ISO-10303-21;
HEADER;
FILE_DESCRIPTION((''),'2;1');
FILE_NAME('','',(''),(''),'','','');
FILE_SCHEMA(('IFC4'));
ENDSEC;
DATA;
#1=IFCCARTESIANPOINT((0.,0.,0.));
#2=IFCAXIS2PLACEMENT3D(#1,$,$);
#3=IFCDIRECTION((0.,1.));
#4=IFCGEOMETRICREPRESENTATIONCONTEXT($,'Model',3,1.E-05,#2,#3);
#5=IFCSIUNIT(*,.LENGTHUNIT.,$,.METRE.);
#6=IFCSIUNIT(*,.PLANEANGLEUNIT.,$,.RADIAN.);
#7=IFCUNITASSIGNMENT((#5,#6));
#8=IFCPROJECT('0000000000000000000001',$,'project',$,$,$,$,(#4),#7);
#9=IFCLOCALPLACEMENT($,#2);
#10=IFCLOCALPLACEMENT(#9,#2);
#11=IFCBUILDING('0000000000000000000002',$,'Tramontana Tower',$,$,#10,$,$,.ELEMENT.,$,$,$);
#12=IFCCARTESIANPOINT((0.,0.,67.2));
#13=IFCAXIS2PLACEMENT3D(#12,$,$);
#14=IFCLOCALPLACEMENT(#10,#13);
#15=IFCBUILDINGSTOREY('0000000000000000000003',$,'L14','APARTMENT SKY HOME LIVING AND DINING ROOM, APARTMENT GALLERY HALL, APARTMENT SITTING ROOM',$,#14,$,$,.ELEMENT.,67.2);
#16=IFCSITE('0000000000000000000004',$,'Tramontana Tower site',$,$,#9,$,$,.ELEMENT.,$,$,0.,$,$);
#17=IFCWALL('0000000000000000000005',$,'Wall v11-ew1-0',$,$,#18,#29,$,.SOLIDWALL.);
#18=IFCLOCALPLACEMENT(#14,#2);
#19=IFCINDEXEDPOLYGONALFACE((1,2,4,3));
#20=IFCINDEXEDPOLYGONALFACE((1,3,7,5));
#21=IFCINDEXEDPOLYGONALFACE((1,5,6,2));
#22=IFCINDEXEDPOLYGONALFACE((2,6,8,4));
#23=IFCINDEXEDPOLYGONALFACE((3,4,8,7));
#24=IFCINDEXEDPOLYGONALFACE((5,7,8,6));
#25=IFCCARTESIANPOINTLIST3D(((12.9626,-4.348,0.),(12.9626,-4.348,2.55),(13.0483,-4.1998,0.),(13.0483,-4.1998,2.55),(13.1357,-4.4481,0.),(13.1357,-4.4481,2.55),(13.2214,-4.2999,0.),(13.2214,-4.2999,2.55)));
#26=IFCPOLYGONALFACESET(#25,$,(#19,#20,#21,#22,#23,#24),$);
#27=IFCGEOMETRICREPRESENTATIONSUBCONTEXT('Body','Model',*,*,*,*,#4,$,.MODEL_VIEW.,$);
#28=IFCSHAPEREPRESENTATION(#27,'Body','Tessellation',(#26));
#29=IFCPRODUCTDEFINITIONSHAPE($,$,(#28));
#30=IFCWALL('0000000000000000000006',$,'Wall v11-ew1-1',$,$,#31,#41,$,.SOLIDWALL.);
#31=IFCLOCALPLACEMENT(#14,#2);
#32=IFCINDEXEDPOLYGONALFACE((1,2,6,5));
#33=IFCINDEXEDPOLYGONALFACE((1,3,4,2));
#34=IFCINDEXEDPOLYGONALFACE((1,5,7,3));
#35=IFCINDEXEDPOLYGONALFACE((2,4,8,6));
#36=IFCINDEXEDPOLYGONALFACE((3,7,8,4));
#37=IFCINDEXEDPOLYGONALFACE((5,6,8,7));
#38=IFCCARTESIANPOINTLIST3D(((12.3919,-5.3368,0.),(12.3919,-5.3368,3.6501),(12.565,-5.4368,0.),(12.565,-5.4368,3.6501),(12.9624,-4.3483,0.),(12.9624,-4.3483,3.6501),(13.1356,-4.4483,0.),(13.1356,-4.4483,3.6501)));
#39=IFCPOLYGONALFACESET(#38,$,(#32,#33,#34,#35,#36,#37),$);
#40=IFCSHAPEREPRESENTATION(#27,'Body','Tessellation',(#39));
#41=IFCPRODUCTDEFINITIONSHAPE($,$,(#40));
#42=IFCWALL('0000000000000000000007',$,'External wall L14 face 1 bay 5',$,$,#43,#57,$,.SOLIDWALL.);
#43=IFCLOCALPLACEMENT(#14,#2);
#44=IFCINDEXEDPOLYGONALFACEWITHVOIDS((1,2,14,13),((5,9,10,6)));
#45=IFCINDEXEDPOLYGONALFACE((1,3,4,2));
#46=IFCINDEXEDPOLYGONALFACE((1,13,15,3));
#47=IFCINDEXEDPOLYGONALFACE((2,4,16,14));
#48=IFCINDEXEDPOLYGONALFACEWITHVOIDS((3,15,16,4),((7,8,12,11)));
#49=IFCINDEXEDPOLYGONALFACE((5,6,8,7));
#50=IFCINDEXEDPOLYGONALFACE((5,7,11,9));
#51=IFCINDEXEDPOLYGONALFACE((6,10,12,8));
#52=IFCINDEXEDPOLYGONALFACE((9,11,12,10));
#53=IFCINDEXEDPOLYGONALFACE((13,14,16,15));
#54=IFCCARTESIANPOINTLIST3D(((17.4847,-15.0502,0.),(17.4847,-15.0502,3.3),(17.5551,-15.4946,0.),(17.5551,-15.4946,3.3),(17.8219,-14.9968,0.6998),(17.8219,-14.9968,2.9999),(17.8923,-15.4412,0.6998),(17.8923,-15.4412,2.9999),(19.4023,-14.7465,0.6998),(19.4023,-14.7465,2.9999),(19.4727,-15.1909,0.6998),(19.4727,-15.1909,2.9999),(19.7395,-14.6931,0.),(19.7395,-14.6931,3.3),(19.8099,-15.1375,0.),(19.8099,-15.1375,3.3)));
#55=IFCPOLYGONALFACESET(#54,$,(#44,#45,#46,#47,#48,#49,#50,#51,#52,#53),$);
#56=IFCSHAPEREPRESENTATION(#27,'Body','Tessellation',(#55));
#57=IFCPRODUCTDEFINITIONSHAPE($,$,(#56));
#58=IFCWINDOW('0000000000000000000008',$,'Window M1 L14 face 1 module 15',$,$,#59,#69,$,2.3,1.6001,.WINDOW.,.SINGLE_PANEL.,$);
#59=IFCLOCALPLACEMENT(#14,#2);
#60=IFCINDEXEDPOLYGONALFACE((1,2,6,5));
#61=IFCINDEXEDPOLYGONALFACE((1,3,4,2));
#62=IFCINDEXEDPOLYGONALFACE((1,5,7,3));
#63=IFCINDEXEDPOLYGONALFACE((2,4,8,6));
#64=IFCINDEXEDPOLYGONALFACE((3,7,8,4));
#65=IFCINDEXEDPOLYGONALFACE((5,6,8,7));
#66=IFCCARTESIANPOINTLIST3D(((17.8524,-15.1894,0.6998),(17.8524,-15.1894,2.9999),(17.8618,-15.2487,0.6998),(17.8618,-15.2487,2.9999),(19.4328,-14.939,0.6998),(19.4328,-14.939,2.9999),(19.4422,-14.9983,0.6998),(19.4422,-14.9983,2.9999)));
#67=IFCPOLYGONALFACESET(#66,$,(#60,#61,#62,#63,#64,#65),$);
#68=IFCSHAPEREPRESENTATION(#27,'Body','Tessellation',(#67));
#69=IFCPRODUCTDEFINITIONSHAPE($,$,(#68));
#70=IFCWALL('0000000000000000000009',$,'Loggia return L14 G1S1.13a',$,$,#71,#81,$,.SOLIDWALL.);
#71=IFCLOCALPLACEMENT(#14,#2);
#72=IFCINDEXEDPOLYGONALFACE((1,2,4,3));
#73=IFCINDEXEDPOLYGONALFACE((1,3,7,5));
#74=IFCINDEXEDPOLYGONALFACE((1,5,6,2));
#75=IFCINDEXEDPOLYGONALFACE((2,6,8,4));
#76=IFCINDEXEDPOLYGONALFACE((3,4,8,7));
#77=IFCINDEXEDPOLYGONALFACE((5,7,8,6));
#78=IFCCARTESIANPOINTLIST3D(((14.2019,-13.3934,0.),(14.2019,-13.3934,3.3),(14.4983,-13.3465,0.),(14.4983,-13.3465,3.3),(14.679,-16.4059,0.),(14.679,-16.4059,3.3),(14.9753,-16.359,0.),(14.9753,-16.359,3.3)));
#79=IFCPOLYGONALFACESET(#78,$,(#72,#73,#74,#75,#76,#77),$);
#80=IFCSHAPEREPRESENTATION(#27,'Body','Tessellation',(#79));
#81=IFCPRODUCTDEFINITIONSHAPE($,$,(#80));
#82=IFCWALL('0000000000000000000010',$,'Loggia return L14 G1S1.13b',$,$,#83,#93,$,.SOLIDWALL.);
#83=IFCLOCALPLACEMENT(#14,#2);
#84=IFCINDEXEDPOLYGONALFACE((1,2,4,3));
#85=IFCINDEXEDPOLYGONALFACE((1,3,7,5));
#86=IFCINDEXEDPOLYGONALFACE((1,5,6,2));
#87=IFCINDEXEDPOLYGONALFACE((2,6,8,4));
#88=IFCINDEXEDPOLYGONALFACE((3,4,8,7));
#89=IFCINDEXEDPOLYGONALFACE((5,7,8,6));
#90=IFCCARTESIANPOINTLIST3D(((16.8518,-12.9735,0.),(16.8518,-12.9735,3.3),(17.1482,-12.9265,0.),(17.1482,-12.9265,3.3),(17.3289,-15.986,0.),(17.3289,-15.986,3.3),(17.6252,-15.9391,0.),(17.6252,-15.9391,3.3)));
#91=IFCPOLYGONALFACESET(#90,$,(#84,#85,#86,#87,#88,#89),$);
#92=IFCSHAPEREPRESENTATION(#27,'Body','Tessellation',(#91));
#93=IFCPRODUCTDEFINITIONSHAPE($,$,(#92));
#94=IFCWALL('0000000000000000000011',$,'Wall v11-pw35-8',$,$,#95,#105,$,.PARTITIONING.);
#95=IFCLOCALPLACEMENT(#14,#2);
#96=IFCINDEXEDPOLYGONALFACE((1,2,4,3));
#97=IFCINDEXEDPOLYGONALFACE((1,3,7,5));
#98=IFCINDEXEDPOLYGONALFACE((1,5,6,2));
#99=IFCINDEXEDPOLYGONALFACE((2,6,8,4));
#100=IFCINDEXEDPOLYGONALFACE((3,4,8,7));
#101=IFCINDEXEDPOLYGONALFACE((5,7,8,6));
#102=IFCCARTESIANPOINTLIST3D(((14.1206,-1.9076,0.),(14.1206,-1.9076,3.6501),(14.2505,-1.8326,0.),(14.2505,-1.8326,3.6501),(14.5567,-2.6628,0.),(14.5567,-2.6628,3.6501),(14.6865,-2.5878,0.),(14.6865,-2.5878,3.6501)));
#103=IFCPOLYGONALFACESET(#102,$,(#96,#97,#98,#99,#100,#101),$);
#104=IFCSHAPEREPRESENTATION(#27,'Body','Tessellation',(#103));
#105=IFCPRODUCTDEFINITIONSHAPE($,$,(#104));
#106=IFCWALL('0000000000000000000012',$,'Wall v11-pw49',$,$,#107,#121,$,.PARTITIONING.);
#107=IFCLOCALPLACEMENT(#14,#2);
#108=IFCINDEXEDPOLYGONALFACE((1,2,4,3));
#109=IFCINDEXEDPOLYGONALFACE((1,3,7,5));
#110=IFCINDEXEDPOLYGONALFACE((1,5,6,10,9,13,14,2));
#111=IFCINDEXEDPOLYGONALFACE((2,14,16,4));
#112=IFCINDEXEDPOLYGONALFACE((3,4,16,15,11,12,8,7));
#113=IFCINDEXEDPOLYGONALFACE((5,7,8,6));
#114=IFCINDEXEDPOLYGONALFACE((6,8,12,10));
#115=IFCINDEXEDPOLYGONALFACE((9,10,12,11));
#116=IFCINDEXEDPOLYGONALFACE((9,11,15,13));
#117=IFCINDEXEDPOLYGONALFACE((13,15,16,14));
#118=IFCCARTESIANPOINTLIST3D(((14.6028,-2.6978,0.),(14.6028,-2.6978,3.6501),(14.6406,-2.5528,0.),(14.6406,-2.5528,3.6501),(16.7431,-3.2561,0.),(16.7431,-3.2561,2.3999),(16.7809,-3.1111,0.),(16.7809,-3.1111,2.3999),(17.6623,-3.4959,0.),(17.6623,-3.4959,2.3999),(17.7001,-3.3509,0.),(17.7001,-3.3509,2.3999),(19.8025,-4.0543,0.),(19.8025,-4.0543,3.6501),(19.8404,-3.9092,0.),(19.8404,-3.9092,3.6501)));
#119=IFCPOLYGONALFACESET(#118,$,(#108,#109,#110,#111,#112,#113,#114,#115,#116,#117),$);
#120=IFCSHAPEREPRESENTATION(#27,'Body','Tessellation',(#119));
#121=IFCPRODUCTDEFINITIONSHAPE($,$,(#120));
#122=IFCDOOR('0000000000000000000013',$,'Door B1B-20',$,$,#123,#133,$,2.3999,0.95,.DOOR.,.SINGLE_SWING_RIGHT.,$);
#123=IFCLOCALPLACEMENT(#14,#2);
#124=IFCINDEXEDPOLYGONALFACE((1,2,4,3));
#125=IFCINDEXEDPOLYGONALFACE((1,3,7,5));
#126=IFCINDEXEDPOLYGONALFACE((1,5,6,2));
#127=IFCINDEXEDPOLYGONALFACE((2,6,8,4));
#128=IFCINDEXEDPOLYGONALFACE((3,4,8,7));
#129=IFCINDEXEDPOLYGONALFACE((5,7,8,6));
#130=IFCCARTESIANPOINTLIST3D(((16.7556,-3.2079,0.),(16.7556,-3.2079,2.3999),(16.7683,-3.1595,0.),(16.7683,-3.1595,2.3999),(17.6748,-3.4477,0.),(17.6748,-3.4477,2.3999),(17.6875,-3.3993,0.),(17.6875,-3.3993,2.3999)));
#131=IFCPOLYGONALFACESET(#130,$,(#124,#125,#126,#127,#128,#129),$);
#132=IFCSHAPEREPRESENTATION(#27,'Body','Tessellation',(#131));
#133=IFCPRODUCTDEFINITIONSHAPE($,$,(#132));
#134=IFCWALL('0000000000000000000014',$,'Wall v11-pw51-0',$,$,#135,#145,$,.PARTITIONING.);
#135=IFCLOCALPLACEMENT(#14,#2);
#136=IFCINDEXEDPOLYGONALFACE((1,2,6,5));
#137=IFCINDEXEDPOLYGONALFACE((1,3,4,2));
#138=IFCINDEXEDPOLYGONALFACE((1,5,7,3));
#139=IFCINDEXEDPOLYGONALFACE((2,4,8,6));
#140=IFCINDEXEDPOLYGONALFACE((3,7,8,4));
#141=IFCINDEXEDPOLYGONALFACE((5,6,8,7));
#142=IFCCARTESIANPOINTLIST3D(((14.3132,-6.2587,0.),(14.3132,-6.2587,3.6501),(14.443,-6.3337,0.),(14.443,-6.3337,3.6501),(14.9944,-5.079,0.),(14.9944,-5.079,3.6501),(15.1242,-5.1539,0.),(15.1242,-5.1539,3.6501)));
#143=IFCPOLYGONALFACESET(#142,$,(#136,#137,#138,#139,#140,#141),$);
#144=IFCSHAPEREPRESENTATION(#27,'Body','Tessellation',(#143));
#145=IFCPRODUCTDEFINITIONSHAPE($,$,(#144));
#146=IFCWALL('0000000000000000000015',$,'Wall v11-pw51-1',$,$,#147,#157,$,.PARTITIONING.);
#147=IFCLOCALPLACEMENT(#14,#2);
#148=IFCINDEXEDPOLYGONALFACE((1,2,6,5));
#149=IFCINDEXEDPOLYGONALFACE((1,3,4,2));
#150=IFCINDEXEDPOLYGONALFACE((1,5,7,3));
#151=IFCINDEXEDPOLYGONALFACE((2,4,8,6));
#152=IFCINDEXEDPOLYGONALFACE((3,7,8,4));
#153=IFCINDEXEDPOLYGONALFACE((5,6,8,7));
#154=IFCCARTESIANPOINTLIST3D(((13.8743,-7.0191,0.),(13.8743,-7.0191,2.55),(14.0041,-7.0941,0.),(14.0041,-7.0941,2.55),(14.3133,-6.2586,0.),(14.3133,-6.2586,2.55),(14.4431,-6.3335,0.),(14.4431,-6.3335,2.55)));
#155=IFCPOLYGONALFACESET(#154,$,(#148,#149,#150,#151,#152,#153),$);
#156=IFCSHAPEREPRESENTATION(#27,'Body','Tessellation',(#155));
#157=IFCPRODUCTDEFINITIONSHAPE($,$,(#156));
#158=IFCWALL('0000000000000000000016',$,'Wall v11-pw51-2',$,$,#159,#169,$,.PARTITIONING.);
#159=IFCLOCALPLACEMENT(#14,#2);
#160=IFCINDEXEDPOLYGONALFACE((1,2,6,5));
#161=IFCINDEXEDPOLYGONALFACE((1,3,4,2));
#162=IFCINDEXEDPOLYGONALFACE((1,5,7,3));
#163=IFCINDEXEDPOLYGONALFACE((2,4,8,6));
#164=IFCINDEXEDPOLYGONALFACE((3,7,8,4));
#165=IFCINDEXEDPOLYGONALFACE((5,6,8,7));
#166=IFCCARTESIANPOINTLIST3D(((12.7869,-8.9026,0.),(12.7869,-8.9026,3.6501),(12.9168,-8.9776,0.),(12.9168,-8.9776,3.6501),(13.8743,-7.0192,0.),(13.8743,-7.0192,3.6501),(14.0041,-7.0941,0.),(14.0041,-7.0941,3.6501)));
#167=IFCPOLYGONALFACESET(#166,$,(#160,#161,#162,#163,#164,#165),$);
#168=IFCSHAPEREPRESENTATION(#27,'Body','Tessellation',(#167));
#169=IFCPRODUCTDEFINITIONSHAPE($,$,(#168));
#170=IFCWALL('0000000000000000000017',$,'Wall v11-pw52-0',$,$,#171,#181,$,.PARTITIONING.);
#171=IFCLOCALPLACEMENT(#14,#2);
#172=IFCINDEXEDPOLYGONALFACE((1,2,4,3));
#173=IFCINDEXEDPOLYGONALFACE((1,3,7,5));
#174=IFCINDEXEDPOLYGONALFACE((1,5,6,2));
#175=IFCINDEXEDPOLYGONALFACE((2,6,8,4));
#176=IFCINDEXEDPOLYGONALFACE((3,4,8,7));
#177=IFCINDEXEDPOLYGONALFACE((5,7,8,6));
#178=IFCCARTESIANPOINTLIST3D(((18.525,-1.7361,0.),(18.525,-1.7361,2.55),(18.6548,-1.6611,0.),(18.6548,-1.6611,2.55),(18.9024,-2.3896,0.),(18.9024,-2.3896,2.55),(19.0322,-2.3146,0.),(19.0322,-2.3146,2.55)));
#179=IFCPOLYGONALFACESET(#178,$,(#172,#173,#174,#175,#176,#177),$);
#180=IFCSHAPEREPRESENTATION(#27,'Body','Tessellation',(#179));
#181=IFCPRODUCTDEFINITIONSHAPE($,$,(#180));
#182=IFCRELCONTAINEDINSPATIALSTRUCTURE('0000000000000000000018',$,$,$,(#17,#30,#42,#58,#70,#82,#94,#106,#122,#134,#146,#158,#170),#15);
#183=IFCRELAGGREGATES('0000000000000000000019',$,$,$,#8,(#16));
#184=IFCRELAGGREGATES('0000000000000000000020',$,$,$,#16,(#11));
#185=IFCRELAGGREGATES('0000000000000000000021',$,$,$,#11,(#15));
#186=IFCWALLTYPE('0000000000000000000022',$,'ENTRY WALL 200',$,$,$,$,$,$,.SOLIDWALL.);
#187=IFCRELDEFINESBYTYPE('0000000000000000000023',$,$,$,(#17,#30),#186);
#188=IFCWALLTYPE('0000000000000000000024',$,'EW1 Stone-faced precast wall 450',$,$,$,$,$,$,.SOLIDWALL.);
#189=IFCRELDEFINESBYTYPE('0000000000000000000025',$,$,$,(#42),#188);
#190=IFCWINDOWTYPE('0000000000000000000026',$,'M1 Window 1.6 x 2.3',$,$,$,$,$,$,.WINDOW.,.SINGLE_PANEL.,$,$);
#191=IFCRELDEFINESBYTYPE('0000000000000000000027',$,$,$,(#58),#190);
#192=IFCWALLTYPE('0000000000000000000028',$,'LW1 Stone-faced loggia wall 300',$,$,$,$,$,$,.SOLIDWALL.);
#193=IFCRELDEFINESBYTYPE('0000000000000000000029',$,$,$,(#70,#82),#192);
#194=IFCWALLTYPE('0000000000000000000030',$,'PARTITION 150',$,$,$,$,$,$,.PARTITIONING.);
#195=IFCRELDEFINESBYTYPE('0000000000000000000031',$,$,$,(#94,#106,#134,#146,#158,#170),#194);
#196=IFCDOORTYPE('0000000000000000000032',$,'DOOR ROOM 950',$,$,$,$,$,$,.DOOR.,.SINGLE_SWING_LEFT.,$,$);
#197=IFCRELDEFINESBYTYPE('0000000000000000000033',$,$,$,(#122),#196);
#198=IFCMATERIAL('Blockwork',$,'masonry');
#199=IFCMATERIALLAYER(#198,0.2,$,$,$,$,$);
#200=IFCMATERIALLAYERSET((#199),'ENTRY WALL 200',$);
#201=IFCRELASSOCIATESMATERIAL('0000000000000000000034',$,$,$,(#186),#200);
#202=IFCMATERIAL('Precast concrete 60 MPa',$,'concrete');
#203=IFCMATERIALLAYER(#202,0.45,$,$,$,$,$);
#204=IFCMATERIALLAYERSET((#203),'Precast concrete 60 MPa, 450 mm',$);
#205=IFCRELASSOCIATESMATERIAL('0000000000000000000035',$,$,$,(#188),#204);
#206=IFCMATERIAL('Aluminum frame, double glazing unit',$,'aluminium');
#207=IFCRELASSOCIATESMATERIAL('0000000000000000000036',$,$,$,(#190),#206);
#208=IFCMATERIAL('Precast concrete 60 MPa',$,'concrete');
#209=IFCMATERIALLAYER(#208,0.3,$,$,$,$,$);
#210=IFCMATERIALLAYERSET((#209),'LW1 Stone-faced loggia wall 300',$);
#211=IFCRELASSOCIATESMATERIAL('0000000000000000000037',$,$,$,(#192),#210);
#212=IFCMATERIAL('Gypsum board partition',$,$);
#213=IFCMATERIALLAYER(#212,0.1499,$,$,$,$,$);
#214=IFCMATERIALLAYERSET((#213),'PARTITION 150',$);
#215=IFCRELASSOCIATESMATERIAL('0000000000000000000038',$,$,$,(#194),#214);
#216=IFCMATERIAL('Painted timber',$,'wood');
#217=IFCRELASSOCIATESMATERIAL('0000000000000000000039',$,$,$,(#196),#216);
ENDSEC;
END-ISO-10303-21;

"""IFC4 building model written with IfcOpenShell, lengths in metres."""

from ifc_helpers import new_model, si_unit, direction, frame, frame_2d, origin, place, context, subcontext, project, spatial, rectangle, extrude, material, layer, layer_set, type_object, element, fill, save


model = new_model("IFC4")

# Units and contexts
model_context = context("Model", 3, precision=1e-05, world=origin(), true_north=direction((0.0, 1.0)))
body_context = subcontext(model_context, "Body", "Model", "MODEL_VIEW")
ifc_project = project(units=[si_unit("LENGTHUNIT", "METRE"), si_unit("PLANEANGLEUNIT", "RADIAN")], contexts=[model_context])

# Site, building, storey
site_placement = place(None, origin())
site = spatial("IfcSite", under=ifc_project, at=site_placement, Name="Tramontana Tower site", CompositionType="ELEMENT", RefElevation=0.0)
building_placement = place(site_placement, origin())
building = spatial("IfcBuilding", under=site, at=building_placement, Name="Tramontana Tower", CompositionType="ELEMENT")
storey_placement = place(building_placement, frame((0.0, 0.0, 67.2)))
storey = spatial("IfcBuildingStorey", under=building, at=storey_placement, Name="L14", Description="APARTMENT SKY HOME LIVING AND DINING ROOM, APARTMENT GALLERY HALL, APARTMENT SITTING ROOM", CompositionType="ELEMENT", Elevation=67.2)

# Walls
ifc_material_1 = material(Name="Blockwork", Category="masonry")
ifc_layer_1 = layer(ifc_material_1, 0.2)
ifc_layer_set_1 = layer_set([ifc_layer_1], Name="ENTRY WALL 200")
wall_type_1 = type_object("IfcWallType", Name="ENTRY WALL 200", PredefinedType="SOLIDWALL", material=ifc_layer_set_1)
wall_1_placement = place(storey_placement, frame((13.1348, -4.25, 0.0), z_axis=(0.0, 0.0, 1.0), x_axis=(-0.500586, -0.865687, 0.0)))
element("IfcWall", 1, at=wall_1_placement, inside=storey, type_object=wall_type_1, Name="Wall v11-ew1-0", PredefinedType="SOLIDWALL", context=body_context, shape_type="SweptSolid", body=[
    extrude(rectangle(XDim=0.1711, YDim=0.2, at=frame_2d((0.0854, 0.0))), origin(), (0.0, 0.0, 1.0), 2.55),
])
wall_2_placement = place(storey_placement, frame((13.0491, -4.3982, 0.0), z_axis=(0.0, 0.0, 1.0), x_axis=(-0.499889, -0.866089, 0.0)))
element("IfcWall", 2, at=wall_2_placement, inside=storey, type_object=wall_type_1, Name="Wall v11-ew1-1", PredefinedType="SOLIDWALL", context=body_context, shape_type="SweptSolid", body=[
    extrude(rectangle(XDim=1.1414, YDim=0.2, at=frame_2d((0.5708, 0.0))), origin(), (0.0, 0.0, 1.0), 3.6501),
])

# Wall, opening, window
ifc_material_2 = material(Name="Precast concrete 60 MPa", Category="concrete")
ifc_layer_2 = layer(ifc_material_2, 0.45)
ifc_layer_set_2 = layer_set([ifc_layer_2], Name="Precast concrete 60 MPa, 450 mm")
wall_type_2 = type_object("IfcWallType", Name="EW1 Stone-faced precast wall 450", PredefinedType="SOLIDWALL", material=ifc_layer_set_2)
wall_3_placement = place(storey_placement, frame((17.5198, -15.2725, 0.0), z_axis=(0.0, 0.0, 1.0), x_axis=(0.987686, 0.156451, 0.0)))
wall_3 = element("IfcWall", 3, at=wall_3_placement, inside=storey, type_object=wall_type_2, Name="External wall L14 face 1 bay 5", PredefinedType="SOLIDWALL", context=body_context, shape_type="SweptSolid", body=[
    extrude(rectangle(XDim=2.283, YDim=0.45, at=frame_2d((1.1416, 0.0))), origin(), (0.0, 0.0, 1.0), 3.3),
])
opening_1_placement = place(wall_3_placement, frame((0.3416, 0.0, 0.7)))
opening_1 = element("IfcOpeningElement", 4, at=opening_1_placement, cuts=wall_3, PredefinedType="OPENING", context=body_context, shape_type="SweptSolid", body=[
    extrude(rectangle(XDim=1.6001, YDim=2.3, at=frame_2d((0.8, 1.1499))), frame((0.0, 0.2349, 0.0), z_axis=(0.0, -1.0, 0.0), x_axis=(1.0, 0.0, 0.0)), (0.0, 0.0, 1.0), 0.47),
])
ifc_material_3 = material(Name="Aluminum frame, double glazing unit", Category="aluminium")
window_type = type_object("IfcWindowType", Name="M1 Window 1.6 x 2.3", PartitioningType="SINGLE_PANEL", PredefinedType="WINDOW", material=ifc_material_3)
window_placement = place(opening_1_placement, origin())
window = element("IfcWindow", 5, at=window_placement, inside=storey, type_object=window_type, Name="Window M1 L14 face 1 module 15", OverallHeight=2.3, OverallWidth=1.6001, PartitioningType="SINGLE_PANEL", PredefinedType="WINDOW", context=body_context, shape_type="SweptSolid", body=[
    extrude(rectangle(XDim=1.6001, YDim=2.3, at=frame_2d((0.8, 1.1499))), frame((0.0, 0.03, 0.0), z_axis=(0.0, -1.0, 0.0), x_axis=(1.0, 0.0, 0.0)), (0.0, 0.0, 1.0), 0.0601),
])
fill(opening_1, window)

# Shared definitions
ifc_material_4 = material(Name="Precast concrete 60 MPa", Category="concrete")
ifc_layer_3 = layer(ifc_material_4, 0.3)
ifc_layer_set_3 = layer_set([ifc_layer_3], Name="LW1 Stone-faced loggia wall 300")
wall_type_3 = type_object("IfcWallType", Name="LW1 Stone-faced loggia wall 300", PredefinedType="SOLIDWALL", material=ifc_layer_set_3)

# Walls
for number, where, z_axis, x_axis, name in (
    (6, (14.8271, -16.3823, 0.0), (0.0, 0.0, 1.0), (-0.156411, 0.987692, 0.0), "Loggia return L14 G1S1.13a"),
    (7, (17.4771, -15.9624, 0.0), (0.0, 0.0, 1.0), (-0.156411, 0.987692, 0.0), "Loggia return L14 G1S1.13b"),
):
    element("IfcWall", number, at=place(storey_placement, frame(where, z_axis=z_axis, x_axis=x_axis)), inside=storey, type_object=wall_type_3, Name=name, PredefinedType="SOLIDWALL", context=body_context, shape_type="SweptSolid", body=[
        extrude(rectangle(XDim=3.05, YDim=0.3, at=frame_2d((1.5249, 0.0))), origin(), (0.0, 0.0, 1.0), 3.3),
    ])
ifc_material_5 = material(Name="Gypsum board partition")
ifc_layer_4 = layer(ifc_material_5, 0.1499)
ifc_layer_set_4 = layer_set([ifc_layer_4], Name="PARTITION 150")
wall_type_4 = type_object("IfcWallType", Name="PARTITION 150", PredefinedType="PARTITIONING", material=ifc_layer_set_4)
wall_4_placement = place(storey_placement, frame((14.1855, -1.8701, 0.0), z_axis=(0.0, 0.0, 1.0), x_axis=(0.500054, -0.865994, 0.0)))
element("IfcWall", 8, at=wall_4_placement, inside=storey, type_object=wall_type_4, Name="Wall v11-pw35-8", PredefinedType="PARTITIONING", context=body_context, shape_type="SweptSolid", body=[
    extrude(rectangle(XDim=0.8721, YDim=0.1499, at=frame_2d((0.436, 0.0))), origin(), (0.0, 0.0, 1.0), 3.6501),
])

# Wall, opening, door
wall_5_placement = place(storey_placement, frame((14.6216, -2.6252, 0.0), z_axis=(0.0, 0.0, 1.0), x_axis=(0.967617, -0.252422, 0.0)))
wall_5 = element("IfcWall", 9, at=wall_5_placement, inside=storey, type_object=wall_type_4, Name="Wall v11-pw49", PredefinedType="PARTITIONING", context=body_context, shape_type="SweptSolid", body=[
    extrude(rectangle(XDim=5.3738, YDim=0.1499, at=frame_2d((2.687, 0.0))), origin(), (0.0, 0.0, 1.0), 3.6501),
])
opening_2_placement = place(wall_5_placement, frame((2.2119, 0.0, 0.0)))
opening_2 = element("IfcOpeningElement", 10, at=opening_2_placement, cuts=wall_5, PredefinedType="OPENING", context=body_context, shape_type="SweptSolid", body=[
    extrude(rectangle(XDim=0.95, YDim=2.3999, at=frame_2d((0.4751, 1.2))), frame((0.0, 0.085, 0.0), z_axis=(0.0, -1.0, 0.0), x_axis=(1.0, 0.0, 0.0)), (0.0, 0.0, 1.0), 0.1699),
])
ifc_material_6 = material(Name="Painted timber", Category="wood")
door_type_1 = type_object("IfcDoorType", Name="DOOR ROOM 950", OperationType="SINGLE_SWING_LEFT", PredefinedType="DOOR", material=ifc_material_6)
door_1_placement = place(opening_2_placement, origin())
door_1 = element("IfcDoor", 11, at=door_1_placement, inside=storey, type_object=door_type_1, Name="Door B1B-20", OperationType="SINGLE_SWING_RIGHT", OverallHeight=2.3999, OverallWidth=0.95, PredefinedType="DOOR", context=body_context, shape_type="SweptSolid", body=[
    extrude(rectangle(XDim=0.95, YDim=2.3999, at=frame_2d((0.4751, 1.2))), frame((0.0, 0.0249, 0.0), z_axis=(0.0, -1.0, 0.0), x_axis=(1.0, 0.0, 0.0)), (0.0, 0.0, 1.0), 0.05),
])
fill(opening_2, door_1)

# Walls
wall_6_placement = place(storey_placement, frame((15.0593, -5.1165, 0.0), z_axis=(0.0, 0.0, 1.0), x_axis=(-0.500033, -0.866007, 0.0)))
element("IfcWall", 12, at=wall_6_placement, inside=storey, type_object=wall_type_4, Name="Wall v11-pw51-0", PredefinedType="PARTITIONING", context=body_context, shape_type="SweptSolid", body=[
    extrude(rectangle(XDim=1.3623, YDim=0.1499, at=frame_2d((0.6812, 0.0))), origin(), (0.0, 0.0, 1.0), 3.6501),
])
wall_7_placement = place(storey_placement, frame((14.3782, -6.2961, 0.0), z_axis=(0.0, 0.0, 1.0), x_axis=(-0.499907, -0.866079, 0.0)))
element("IfcWall", 13, at=wall_7_placement, inside=storey, type_object=wall_type_4, Name="Wall v11-pw51-1", PredefinedType="PARTITIONING", context=body_context, shape_type="SweptSolid", body=[
    extrude(rectangle(XDim=0.8782, YDim=0.1499, at=frame_2d((0.439, 0.0))), origin(), (0.0, 0.0, 1.0), 2.55),
])
wall_8_placement = place(storey_placement, frame((13.9392, -7.0566, 0.0), z_axis=(0.0, 0.0, 1.0), x_axis=(-0.499978, -0.866038, 0.0)))
element("IfcWall", 14, at=wall_8_placement, inside=storey, type_object=wall_type_4, Name="Wall v11-pw51-2", PredefinedType="PARTITIONING", context=body_context, shape_type="SweptSolid", body=[
    extrude(rectangle(XDim=2.1748, YDim=0.1499, at=frame_2d((1.0874, 0.0))), origin(), (0.0, 0.0, 1.0), 3.6501),
])

# Wall
wall_9_placement = place(storey_placement, frame((18.5898, -1.6985, 0.0), z_axis=(0.0, 0.0, 1.0), x_axis=(0.500105, -0.865965, 0.0)))
element("IfcWall", 15, at=wall_9_placement, inside=storey, type_object=wall_type_4, Name="Wall v11-pw52-0", PredefinedType="PARTITIONING", context=body_context, shape_type="SweptSolid", body=[
    extrude(rectangle(XDim=0.7546, YDim=0.1499, at=frame_2d((0.3774, 0.0))), origin(), (0.0, 0.0, 1.0), 2.55),
])

save(model, "model.ifc")
